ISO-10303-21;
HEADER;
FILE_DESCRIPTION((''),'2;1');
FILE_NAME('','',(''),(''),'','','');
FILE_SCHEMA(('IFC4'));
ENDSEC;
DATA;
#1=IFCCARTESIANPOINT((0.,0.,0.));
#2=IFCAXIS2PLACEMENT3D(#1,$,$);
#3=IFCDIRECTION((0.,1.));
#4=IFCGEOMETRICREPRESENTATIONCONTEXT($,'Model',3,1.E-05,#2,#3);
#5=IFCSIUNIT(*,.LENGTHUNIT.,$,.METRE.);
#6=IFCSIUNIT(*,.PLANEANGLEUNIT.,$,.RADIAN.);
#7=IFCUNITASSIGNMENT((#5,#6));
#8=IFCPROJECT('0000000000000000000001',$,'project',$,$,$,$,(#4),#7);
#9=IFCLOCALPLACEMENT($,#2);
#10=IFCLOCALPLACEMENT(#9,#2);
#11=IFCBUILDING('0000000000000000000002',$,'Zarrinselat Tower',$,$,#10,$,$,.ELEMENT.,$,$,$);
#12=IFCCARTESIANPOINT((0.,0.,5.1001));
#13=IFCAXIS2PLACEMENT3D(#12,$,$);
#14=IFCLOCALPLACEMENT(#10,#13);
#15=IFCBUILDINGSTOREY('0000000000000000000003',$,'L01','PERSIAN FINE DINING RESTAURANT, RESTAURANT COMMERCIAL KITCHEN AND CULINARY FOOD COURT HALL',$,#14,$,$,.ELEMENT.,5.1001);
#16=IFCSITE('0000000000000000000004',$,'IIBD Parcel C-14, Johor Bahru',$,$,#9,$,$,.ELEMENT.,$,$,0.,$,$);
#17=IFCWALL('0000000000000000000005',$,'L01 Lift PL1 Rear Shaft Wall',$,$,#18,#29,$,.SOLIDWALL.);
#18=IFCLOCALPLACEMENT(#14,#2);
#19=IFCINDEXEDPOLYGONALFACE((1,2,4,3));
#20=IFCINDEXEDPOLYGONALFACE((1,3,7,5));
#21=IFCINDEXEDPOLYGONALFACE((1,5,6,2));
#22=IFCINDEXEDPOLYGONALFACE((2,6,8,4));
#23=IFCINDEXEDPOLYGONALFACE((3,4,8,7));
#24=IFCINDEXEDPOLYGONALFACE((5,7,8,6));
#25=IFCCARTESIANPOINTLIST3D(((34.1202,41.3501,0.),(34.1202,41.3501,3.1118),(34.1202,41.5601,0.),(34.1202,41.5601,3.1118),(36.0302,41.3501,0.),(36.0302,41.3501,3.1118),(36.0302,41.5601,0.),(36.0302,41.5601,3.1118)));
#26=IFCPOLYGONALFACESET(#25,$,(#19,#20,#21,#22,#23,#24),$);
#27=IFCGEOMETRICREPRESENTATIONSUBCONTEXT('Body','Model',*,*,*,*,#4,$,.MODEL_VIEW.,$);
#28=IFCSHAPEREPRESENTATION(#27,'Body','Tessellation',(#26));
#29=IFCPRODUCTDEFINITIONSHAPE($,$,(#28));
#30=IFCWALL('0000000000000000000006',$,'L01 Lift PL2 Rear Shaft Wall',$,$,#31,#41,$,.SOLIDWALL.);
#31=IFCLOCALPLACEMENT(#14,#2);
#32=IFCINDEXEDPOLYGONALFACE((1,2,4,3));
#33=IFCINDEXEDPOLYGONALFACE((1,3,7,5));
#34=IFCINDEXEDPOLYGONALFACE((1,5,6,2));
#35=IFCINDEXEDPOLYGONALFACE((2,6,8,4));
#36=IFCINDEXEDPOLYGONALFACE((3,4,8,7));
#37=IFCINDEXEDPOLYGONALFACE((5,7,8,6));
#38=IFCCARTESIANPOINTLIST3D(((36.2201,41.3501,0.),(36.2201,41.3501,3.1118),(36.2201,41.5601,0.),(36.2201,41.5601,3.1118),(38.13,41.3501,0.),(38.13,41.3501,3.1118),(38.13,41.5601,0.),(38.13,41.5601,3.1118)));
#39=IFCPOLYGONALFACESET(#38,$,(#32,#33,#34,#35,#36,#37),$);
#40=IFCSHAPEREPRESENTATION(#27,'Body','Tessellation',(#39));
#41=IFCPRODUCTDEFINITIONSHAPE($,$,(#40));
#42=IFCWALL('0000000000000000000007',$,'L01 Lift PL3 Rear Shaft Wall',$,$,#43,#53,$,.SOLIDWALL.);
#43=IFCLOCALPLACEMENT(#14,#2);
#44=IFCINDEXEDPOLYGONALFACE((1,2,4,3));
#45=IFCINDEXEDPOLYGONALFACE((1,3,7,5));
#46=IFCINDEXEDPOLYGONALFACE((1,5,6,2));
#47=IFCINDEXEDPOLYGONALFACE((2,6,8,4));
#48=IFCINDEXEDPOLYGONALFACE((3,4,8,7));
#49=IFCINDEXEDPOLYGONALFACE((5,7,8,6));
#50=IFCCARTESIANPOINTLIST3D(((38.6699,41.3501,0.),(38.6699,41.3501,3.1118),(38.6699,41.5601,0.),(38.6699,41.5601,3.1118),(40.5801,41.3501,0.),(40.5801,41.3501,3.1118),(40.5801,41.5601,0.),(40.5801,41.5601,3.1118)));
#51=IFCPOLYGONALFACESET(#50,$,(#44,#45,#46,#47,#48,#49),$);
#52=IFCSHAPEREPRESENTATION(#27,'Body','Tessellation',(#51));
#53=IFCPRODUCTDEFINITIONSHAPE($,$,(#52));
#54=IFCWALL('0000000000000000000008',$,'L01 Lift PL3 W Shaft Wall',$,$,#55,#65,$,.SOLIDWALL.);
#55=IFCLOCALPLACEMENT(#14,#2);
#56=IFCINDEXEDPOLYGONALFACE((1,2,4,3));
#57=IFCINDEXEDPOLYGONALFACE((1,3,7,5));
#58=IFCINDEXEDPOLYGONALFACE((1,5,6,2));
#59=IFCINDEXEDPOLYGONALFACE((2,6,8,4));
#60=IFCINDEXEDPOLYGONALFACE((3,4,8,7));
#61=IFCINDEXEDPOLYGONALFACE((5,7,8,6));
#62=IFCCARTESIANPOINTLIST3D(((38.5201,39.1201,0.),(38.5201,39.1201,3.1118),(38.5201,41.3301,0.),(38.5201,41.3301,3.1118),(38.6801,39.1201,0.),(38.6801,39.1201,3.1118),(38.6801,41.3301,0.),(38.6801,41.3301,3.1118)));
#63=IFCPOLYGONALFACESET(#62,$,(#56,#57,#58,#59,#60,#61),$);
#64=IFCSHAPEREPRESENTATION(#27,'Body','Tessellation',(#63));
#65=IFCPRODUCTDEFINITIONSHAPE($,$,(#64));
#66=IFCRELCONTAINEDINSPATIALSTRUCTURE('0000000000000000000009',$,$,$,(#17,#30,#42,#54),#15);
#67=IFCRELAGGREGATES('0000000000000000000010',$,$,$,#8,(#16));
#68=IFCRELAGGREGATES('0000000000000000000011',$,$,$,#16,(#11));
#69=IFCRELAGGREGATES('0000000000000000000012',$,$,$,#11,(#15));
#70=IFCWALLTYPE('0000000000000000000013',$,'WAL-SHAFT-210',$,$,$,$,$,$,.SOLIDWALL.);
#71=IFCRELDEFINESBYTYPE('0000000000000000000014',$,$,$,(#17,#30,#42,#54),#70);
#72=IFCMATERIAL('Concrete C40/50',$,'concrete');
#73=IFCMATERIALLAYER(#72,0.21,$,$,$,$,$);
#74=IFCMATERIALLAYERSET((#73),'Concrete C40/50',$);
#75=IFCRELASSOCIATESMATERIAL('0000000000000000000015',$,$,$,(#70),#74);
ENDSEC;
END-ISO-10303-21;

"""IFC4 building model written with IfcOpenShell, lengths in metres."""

from ifc_helpers import new_model, si_unit, direction, frame, frame_2d, origin, place, context, subcontext, project, spatial, rectangle, extrude, material, layer, layer_set, type_object, element, save


model = new_model("IFC4")

# Units and contexts
model_context = context("Model", 3, precision=1e-05, world=origin(), true_north=direction((0.0, 1.0)))
body_context = subcontext(model_context, "Body", "Model", "MODEL_VIEW")
ifc_project = project(units=[si_unit("LENGTHUNIT", "METRE"), si_unit("PLANEANGLEUNIT", "RADIAN")], contexts=[model_context])

# Site, building, storey
site_placement = place(None, origin())
site = spatial("IfcSite", under=ifc_project, at=site_placement, Name="IIBD Parcel C-14, Johor Bahru", CompositionType="ELEMENT", RefElevation=0.0)
building_placement = place(site_placement, origin())
building = spatial("IfcBuilding", under=site, at=building_placement, Name="Zarrinselat Tower", CompositionType="ELEMENT")
storey_placement = place(building_placement, frame((0.0, 0.0, 5.1001)))
storey = spatial("IfcBuildingStorey", under=building, at=storey_placement, Name="L01", Description="PERSIAN FINE DINING RESTAURANT, RESTAURANT COMMERCIAL KITCHEN AND CULINARY FOOD COURT HALL", CompositionType="ELEMENT", Elevation=5.1001)

# Walls
ifc_material_1 = material(Name="Concrete C40/50", Category="concrete")
ifc_layer_1 = layer(ifc_material_1, 0.21)
ifc_layer_set_1 = layer_set([ifc_layer_1], Name="Concrete C40/50")
wall_type_1 = type_object("IfcWallType", Name="WAL-SHAFT-210", PredefinedType="SOLIDWALL", material=ifc_layer_set_1)
for number, where, z_axis, x_axis, name in (
    (1, (34.1201, 41.4551, 0.0), (0.0, 0.0, 1.0), (1.0, 0.0, 0.0), "L01 Lift PL1 Rear Shaft Wall"),
    (2, (36.22, 41.4551, 0.0), (0.0, 0.0, 1.0), (1.0, 0.0, 0.0), "L01 Lift PL2 Rear Shaft Wall"),
):
    element("IfcWall", number, at=place(storey_placement, frame(where, z_axis=z_axis, x_axis=x_axis)), inside=storey, type_object=wall_type_1, Name=name, PredefinedType="SOLIDWALL", context=body_context, shape_type="SweptSolid", body=[
        extrude(rectangle(XDim=1.9099, YDim=0.21, at=frame_2d((0.9551, 0.0))), origin(), (0.0, 0.0, 1.0), 3.1118),
    ])
wall_1_placement = place(storey_placement, frame((38.6699, 41.4551, 0.0), z_axis=(0.0, 0.0, 1.0), x_axis=(1.0, 0.0, 0.0)))
element("IfcWall", 3, at=wall_1_placement, inside=storey, type_object=wall_type_1, Name="L01 Lift PL3 Rear Shaft Wall", PredefinedType="SOLIDWALL", context=body_context, shape_type="SweptSolid", body=[
    extrude(rectangle(XDim=1.9102, YDim=0.21, at=frame_2d((0.9551, 0.0))), origin(), (0.0, 0.0, 1.0), 3.1118),
])
wall_2_placement = place(storey_placement, frame((38.6001, 39.1201, 0.0), z_axis=(0.0, 0.0, 1.0), x_axis=(0.0, 1.0, 0.0)))
element("IfcWall", 4, at=wall_2_placement, inside=storey, type_object=wall_type_1, Name="L01 Lift PL3 W Shaft Wall", PredefinedType="SOLIDWALL", context=body_context, shape_type="SweptSolid", body=[
    extrude(rectangle(XDim=2.21, YDim=0.1599, at=frame_2d((1.105, 0.0))), origin(), (0.0, 0.0, 1.0), 3.1118),
])

save(model, "model.ifc")
